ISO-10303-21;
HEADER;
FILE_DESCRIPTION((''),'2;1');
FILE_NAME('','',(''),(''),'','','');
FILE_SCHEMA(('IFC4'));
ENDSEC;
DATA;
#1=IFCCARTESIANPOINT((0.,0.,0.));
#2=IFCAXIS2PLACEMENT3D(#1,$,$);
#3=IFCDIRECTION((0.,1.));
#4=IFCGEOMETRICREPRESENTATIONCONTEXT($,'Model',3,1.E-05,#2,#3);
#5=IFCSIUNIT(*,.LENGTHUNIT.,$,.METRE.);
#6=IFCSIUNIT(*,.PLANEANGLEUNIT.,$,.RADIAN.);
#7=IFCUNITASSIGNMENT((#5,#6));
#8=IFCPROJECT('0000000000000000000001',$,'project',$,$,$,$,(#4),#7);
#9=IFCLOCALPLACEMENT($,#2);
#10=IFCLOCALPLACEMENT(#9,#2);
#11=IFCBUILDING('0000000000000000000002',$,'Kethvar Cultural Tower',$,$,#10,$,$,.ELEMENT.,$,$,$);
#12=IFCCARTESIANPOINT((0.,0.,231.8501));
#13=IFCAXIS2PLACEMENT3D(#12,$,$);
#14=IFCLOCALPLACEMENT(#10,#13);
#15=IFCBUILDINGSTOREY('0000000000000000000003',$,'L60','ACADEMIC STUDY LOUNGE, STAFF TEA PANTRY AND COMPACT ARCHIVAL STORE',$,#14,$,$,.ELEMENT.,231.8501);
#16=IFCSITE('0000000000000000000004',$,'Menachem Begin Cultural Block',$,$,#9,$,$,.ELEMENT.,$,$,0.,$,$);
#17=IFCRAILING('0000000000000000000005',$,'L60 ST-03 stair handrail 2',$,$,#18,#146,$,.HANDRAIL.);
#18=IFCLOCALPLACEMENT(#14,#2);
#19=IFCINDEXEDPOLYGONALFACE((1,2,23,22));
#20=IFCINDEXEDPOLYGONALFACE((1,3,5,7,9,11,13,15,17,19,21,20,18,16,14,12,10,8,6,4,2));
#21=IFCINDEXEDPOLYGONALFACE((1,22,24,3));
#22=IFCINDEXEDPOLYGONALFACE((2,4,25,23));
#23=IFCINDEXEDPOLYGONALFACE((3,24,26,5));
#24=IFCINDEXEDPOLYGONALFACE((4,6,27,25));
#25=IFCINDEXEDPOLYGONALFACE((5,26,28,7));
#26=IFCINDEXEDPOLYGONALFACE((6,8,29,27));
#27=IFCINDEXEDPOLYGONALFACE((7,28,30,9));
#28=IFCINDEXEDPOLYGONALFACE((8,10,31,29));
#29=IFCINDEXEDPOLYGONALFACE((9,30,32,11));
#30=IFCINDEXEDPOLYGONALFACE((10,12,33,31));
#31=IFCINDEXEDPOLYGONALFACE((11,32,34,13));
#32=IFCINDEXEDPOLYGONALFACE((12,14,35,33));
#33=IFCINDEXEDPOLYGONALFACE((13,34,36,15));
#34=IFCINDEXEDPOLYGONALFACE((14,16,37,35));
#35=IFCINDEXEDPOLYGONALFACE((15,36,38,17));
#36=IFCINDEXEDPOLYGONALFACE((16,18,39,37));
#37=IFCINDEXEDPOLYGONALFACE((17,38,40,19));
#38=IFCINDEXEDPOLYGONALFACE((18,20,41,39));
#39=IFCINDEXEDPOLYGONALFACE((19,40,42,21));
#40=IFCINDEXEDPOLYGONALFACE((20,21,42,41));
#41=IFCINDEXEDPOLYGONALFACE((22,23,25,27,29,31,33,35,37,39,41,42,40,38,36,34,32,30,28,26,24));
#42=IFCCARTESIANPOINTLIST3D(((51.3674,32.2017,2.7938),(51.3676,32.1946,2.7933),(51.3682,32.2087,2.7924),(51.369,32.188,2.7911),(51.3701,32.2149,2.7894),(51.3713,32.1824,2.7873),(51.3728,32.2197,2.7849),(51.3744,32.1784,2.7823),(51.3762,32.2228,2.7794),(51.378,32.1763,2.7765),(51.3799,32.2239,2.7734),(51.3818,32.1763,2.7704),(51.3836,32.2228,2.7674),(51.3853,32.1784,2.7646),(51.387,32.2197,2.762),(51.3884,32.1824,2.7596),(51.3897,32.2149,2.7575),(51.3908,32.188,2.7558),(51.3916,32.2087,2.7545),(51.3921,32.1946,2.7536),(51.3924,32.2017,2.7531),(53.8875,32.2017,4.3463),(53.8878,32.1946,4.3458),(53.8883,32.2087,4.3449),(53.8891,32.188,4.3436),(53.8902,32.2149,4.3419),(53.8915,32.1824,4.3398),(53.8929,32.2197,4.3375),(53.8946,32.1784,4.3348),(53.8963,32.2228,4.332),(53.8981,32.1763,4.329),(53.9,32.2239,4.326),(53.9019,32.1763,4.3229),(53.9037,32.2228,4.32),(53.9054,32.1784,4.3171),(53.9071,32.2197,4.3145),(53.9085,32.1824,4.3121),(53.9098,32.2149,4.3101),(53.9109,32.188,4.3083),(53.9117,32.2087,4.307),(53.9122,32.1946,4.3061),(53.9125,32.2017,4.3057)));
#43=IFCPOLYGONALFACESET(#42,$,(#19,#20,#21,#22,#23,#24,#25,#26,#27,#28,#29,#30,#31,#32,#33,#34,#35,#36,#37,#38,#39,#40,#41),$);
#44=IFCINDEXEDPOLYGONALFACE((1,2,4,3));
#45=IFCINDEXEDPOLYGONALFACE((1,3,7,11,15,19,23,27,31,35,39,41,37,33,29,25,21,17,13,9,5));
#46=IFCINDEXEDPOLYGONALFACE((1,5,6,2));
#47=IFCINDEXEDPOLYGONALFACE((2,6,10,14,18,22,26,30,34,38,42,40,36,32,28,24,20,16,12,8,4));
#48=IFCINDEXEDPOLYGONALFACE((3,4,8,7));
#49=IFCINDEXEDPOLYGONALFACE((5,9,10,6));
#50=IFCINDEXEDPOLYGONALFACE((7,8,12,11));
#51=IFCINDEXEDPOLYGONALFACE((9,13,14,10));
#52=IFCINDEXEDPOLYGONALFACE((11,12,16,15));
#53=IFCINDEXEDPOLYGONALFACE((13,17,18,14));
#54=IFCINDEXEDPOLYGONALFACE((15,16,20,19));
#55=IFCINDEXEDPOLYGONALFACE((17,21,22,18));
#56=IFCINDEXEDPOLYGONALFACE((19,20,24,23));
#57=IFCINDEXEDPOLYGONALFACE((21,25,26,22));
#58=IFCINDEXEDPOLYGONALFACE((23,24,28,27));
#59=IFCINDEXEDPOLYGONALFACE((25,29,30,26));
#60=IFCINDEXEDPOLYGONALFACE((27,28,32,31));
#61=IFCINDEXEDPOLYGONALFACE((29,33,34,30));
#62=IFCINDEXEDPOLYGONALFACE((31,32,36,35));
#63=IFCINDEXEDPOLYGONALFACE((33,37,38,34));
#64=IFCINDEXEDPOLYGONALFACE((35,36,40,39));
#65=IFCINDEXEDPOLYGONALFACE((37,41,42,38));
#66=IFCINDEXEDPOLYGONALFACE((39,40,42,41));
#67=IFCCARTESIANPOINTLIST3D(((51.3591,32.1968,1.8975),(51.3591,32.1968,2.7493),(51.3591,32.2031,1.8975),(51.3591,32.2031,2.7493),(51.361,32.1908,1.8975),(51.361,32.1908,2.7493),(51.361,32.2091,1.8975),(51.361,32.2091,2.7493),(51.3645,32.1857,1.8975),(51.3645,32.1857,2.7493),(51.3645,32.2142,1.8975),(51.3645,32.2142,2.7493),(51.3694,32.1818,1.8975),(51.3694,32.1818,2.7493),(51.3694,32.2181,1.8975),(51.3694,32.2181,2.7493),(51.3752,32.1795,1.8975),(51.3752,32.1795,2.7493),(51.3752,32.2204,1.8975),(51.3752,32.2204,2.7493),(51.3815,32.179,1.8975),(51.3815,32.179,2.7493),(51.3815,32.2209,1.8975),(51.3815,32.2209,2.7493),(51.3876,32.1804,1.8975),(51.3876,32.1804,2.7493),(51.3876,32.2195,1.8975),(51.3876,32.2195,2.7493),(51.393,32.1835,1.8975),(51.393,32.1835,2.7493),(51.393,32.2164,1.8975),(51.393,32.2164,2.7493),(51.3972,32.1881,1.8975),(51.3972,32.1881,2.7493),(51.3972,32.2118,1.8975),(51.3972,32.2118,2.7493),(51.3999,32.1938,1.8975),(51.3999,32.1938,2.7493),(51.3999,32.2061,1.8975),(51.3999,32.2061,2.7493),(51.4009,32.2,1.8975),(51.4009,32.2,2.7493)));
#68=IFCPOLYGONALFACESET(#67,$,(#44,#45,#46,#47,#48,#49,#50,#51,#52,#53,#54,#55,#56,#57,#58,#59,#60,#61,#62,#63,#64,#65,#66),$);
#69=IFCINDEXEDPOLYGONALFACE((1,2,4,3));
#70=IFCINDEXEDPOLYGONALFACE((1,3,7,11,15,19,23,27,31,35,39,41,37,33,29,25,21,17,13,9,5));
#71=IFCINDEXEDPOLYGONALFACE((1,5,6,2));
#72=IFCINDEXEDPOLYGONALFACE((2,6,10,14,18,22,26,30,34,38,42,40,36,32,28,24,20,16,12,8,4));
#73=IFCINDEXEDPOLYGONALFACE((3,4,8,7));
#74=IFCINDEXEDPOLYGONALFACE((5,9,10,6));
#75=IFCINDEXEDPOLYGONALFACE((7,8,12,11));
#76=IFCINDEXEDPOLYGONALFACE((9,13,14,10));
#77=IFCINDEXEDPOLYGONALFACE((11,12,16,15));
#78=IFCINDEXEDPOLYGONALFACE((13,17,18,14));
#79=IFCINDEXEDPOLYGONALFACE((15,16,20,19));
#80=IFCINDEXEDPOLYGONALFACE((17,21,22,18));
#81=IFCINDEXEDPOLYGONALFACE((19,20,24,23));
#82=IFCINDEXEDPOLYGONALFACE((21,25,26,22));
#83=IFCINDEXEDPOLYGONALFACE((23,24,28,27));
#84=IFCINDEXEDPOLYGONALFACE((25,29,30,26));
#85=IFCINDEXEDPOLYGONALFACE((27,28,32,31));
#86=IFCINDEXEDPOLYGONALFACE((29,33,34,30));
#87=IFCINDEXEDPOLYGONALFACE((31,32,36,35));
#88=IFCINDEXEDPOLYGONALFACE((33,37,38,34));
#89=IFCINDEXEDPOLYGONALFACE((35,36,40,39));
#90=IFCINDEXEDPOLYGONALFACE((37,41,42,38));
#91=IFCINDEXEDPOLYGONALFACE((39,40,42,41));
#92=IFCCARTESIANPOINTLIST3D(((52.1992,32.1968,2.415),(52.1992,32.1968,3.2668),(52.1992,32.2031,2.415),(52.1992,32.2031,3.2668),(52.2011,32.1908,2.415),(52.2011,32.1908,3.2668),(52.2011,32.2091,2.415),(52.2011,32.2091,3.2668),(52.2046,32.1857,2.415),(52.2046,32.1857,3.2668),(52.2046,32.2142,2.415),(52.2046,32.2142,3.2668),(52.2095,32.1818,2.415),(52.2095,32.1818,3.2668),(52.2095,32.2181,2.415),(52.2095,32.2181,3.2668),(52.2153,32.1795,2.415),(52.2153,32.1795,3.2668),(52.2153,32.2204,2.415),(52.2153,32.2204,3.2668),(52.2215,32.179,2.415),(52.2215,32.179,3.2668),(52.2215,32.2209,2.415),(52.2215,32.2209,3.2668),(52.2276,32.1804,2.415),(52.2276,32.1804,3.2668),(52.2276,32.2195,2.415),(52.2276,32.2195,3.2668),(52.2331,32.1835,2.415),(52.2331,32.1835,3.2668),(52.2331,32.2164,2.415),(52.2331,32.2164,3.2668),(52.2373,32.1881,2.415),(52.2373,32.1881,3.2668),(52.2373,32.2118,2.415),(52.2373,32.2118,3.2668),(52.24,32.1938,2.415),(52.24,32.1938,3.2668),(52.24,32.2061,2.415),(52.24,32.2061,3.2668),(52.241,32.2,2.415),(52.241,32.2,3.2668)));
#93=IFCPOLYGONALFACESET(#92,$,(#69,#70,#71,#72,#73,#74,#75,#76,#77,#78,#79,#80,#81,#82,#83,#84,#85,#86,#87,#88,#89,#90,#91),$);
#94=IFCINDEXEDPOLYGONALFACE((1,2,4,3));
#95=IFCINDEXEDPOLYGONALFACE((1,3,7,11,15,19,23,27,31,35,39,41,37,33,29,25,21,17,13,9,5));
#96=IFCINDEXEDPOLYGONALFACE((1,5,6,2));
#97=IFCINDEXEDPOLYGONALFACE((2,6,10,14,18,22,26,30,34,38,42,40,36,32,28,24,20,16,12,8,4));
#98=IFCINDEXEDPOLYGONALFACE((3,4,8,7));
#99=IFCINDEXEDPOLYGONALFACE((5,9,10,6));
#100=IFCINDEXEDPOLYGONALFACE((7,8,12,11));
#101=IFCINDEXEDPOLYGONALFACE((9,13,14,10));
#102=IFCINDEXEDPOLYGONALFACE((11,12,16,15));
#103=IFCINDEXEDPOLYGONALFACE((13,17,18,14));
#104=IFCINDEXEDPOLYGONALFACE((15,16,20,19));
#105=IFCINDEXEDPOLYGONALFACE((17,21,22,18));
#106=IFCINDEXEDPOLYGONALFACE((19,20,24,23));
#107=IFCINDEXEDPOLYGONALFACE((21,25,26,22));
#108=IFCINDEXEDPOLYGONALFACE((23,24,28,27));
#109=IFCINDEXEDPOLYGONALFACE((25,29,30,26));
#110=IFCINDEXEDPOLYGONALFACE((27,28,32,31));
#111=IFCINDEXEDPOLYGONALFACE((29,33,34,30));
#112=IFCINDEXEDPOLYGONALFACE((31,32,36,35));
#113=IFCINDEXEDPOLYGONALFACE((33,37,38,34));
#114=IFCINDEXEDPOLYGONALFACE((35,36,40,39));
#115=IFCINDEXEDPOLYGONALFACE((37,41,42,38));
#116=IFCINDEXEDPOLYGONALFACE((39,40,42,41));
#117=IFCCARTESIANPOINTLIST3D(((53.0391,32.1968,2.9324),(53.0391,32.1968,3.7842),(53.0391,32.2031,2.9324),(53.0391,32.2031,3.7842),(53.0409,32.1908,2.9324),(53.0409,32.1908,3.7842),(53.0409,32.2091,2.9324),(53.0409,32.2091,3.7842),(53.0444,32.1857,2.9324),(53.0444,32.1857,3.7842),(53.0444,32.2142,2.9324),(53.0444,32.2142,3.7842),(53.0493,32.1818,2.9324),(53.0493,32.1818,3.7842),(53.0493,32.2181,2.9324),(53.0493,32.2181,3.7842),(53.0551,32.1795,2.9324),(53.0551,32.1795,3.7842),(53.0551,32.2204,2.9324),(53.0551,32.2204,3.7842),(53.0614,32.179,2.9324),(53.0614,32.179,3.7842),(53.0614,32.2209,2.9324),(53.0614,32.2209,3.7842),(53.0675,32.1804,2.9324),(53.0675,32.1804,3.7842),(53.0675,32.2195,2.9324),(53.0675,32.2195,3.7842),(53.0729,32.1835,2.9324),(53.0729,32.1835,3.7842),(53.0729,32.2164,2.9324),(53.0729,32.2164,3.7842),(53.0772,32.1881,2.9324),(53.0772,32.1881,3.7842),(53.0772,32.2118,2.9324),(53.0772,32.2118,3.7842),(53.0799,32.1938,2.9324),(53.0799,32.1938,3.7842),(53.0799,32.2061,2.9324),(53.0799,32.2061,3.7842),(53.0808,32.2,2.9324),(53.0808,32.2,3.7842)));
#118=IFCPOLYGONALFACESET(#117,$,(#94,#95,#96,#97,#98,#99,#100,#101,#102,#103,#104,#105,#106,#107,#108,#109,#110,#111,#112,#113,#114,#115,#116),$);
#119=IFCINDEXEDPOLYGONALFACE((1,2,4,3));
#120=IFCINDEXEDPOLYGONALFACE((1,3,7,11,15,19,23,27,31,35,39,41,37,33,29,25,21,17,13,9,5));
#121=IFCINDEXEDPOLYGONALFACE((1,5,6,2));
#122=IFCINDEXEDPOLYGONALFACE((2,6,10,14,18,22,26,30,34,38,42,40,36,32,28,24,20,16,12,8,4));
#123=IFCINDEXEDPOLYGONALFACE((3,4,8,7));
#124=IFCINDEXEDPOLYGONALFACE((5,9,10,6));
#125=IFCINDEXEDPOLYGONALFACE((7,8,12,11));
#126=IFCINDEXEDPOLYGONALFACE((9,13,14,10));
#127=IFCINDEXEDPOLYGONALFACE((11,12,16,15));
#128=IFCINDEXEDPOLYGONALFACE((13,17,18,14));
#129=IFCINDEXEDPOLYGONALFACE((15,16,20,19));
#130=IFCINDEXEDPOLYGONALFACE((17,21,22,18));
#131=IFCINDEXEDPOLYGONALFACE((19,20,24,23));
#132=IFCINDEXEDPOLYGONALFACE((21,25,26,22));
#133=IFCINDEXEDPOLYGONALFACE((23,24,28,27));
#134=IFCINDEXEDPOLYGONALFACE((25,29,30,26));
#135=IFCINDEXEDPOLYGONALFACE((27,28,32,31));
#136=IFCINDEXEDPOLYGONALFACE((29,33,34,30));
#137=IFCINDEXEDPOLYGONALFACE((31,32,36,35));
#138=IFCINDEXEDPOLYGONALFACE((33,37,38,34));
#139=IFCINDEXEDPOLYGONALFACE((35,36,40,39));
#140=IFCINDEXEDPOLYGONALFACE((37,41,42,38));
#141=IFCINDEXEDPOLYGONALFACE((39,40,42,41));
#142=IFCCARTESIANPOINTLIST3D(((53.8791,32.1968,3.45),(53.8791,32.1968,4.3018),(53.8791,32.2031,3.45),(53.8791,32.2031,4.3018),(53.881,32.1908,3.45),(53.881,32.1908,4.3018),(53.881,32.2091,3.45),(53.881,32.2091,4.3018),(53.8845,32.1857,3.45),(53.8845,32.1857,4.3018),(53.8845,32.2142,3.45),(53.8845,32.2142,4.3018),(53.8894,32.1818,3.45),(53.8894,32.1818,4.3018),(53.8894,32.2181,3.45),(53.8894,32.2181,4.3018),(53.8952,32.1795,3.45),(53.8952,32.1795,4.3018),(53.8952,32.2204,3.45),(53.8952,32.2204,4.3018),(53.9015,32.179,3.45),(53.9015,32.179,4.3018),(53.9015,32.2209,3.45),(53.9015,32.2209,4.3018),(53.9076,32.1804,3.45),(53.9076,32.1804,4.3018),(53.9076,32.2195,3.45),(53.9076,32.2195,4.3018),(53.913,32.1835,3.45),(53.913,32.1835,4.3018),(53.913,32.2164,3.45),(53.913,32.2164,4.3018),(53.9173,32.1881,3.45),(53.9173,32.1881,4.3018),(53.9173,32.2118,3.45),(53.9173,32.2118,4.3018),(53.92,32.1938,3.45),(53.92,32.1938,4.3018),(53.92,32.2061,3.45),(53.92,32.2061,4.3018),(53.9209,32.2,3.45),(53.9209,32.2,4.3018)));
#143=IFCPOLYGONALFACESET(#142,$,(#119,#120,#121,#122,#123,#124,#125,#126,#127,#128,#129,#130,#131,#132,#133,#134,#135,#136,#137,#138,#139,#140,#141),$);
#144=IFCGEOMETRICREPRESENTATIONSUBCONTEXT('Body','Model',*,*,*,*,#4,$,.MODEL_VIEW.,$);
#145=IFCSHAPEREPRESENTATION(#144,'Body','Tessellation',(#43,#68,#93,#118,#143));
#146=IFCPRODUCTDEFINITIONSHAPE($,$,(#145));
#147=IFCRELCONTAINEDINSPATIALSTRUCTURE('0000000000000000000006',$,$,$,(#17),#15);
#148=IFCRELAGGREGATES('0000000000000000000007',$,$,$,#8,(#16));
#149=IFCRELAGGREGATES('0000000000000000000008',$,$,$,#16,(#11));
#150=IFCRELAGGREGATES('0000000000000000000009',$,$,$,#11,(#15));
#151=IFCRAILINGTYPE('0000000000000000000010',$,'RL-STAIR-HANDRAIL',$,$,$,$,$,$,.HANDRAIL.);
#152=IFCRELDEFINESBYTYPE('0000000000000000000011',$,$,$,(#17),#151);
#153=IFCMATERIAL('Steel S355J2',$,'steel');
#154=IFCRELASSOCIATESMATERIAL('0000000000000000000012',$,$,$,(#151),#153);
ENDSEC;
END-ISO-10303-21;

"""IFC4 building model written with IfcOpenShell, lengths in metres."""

from ifc_helpers import new_model, si_unit, direction, frame, origin, origin_2d, place, context, subcontext, project, spatial, circle, extrude, material, type_object, element, save


model = new_model("IFC4")

# Units and contexts
model_context = context("Model", 3, precision=1e-05, world=origin(), true_north=direction((0.0, 1.0)))
body_context = subcontext(model_context, "Body", "Model", "MODEL_VIEW")
ifc_project = project(units=[si_unit("LENGTHUNIT", "METRE"), si_unit("PLANEANGLEUNIT", "RADIAN")], contexts=[model_context])

# Site, building, storey
site_placement = place(None, origin())
site = spatial("IfcSite", under=ifc_project, at=site_placement, Name="Menachem Begin Cultural Block", CompositionType="ELEMENT", RefElevation=0.0)
building_placement = place(site_placement, origin())
building = spatial("IfcBuilding", under=site, at=building_placement, Name="Kethvar Cultural Tower", CompositionType="ELEMENT")
storey_placement = place(building_placement, frame((0.0, 0.0, 231.8501)))
storey = spatial("IfcBuildingStorey", under=building, at=storey_placement, Name="L60", Description="ACADEMIC STUDY LOUNGE, STAFF TEA PANTRY AND COMPACT ARCHIVAL STORE", CompositionType="ELEMENT", Elevation=231.8501)

# Shared definitions
ifc_material_1 = material(Name="Steel S355J2", Category="steel")

# Railing
railing_type_1 = type_object("IfcRailingType", Name="RL-STAIR-HANDRAIL", PredefinedType="HANDRAIL", material=ifc_material_1)
railing_1_placement = place(storey_placement, frame((51.3799, 32.2, 1.8975)))
element("IfcRailing", 1, at=railing_1_placement, inside=storey, type_object=railing_type_1, Name="L60 ST-03 stair handrail 2", PredefinedType="HANDRAIL", context=body_context, shape_type="SweptSolid", body=[
    extrude(circle(Radius=0.0239, at=origin_2d()), frame((0.0, 0.0, 0.876), z_axis=(0.8514, 0.0, 0.524516), x_axis=(0.0, 1.0, 0.0)), (0.0, 0.0, 1.0), 2.96),
    extrude(circle(Radius=0.021, at=origin_2d()), origin(), (0.0, 0.0, 1.0), 0.8518),
    extrude(circle(Radius=0.021, at=origin_2d()), frame((0.8401, 0.0, 0.5176)), (0.0, 0.0, 1.0), 0.8518),
    extrude(circle(Radius=0.021, at=origin_2d()), frame((1.6799, 0.0, 1.0349)), (0.0, 0.0, 1.0), 0.8518),
    extrude(circle(Radius=0.021, at=origin_2d()), frame((2.52, 0.0, 1.5525)), (0.0, 0.0, 1.0), 0.8518),
])

save(model, "model.ifc")
